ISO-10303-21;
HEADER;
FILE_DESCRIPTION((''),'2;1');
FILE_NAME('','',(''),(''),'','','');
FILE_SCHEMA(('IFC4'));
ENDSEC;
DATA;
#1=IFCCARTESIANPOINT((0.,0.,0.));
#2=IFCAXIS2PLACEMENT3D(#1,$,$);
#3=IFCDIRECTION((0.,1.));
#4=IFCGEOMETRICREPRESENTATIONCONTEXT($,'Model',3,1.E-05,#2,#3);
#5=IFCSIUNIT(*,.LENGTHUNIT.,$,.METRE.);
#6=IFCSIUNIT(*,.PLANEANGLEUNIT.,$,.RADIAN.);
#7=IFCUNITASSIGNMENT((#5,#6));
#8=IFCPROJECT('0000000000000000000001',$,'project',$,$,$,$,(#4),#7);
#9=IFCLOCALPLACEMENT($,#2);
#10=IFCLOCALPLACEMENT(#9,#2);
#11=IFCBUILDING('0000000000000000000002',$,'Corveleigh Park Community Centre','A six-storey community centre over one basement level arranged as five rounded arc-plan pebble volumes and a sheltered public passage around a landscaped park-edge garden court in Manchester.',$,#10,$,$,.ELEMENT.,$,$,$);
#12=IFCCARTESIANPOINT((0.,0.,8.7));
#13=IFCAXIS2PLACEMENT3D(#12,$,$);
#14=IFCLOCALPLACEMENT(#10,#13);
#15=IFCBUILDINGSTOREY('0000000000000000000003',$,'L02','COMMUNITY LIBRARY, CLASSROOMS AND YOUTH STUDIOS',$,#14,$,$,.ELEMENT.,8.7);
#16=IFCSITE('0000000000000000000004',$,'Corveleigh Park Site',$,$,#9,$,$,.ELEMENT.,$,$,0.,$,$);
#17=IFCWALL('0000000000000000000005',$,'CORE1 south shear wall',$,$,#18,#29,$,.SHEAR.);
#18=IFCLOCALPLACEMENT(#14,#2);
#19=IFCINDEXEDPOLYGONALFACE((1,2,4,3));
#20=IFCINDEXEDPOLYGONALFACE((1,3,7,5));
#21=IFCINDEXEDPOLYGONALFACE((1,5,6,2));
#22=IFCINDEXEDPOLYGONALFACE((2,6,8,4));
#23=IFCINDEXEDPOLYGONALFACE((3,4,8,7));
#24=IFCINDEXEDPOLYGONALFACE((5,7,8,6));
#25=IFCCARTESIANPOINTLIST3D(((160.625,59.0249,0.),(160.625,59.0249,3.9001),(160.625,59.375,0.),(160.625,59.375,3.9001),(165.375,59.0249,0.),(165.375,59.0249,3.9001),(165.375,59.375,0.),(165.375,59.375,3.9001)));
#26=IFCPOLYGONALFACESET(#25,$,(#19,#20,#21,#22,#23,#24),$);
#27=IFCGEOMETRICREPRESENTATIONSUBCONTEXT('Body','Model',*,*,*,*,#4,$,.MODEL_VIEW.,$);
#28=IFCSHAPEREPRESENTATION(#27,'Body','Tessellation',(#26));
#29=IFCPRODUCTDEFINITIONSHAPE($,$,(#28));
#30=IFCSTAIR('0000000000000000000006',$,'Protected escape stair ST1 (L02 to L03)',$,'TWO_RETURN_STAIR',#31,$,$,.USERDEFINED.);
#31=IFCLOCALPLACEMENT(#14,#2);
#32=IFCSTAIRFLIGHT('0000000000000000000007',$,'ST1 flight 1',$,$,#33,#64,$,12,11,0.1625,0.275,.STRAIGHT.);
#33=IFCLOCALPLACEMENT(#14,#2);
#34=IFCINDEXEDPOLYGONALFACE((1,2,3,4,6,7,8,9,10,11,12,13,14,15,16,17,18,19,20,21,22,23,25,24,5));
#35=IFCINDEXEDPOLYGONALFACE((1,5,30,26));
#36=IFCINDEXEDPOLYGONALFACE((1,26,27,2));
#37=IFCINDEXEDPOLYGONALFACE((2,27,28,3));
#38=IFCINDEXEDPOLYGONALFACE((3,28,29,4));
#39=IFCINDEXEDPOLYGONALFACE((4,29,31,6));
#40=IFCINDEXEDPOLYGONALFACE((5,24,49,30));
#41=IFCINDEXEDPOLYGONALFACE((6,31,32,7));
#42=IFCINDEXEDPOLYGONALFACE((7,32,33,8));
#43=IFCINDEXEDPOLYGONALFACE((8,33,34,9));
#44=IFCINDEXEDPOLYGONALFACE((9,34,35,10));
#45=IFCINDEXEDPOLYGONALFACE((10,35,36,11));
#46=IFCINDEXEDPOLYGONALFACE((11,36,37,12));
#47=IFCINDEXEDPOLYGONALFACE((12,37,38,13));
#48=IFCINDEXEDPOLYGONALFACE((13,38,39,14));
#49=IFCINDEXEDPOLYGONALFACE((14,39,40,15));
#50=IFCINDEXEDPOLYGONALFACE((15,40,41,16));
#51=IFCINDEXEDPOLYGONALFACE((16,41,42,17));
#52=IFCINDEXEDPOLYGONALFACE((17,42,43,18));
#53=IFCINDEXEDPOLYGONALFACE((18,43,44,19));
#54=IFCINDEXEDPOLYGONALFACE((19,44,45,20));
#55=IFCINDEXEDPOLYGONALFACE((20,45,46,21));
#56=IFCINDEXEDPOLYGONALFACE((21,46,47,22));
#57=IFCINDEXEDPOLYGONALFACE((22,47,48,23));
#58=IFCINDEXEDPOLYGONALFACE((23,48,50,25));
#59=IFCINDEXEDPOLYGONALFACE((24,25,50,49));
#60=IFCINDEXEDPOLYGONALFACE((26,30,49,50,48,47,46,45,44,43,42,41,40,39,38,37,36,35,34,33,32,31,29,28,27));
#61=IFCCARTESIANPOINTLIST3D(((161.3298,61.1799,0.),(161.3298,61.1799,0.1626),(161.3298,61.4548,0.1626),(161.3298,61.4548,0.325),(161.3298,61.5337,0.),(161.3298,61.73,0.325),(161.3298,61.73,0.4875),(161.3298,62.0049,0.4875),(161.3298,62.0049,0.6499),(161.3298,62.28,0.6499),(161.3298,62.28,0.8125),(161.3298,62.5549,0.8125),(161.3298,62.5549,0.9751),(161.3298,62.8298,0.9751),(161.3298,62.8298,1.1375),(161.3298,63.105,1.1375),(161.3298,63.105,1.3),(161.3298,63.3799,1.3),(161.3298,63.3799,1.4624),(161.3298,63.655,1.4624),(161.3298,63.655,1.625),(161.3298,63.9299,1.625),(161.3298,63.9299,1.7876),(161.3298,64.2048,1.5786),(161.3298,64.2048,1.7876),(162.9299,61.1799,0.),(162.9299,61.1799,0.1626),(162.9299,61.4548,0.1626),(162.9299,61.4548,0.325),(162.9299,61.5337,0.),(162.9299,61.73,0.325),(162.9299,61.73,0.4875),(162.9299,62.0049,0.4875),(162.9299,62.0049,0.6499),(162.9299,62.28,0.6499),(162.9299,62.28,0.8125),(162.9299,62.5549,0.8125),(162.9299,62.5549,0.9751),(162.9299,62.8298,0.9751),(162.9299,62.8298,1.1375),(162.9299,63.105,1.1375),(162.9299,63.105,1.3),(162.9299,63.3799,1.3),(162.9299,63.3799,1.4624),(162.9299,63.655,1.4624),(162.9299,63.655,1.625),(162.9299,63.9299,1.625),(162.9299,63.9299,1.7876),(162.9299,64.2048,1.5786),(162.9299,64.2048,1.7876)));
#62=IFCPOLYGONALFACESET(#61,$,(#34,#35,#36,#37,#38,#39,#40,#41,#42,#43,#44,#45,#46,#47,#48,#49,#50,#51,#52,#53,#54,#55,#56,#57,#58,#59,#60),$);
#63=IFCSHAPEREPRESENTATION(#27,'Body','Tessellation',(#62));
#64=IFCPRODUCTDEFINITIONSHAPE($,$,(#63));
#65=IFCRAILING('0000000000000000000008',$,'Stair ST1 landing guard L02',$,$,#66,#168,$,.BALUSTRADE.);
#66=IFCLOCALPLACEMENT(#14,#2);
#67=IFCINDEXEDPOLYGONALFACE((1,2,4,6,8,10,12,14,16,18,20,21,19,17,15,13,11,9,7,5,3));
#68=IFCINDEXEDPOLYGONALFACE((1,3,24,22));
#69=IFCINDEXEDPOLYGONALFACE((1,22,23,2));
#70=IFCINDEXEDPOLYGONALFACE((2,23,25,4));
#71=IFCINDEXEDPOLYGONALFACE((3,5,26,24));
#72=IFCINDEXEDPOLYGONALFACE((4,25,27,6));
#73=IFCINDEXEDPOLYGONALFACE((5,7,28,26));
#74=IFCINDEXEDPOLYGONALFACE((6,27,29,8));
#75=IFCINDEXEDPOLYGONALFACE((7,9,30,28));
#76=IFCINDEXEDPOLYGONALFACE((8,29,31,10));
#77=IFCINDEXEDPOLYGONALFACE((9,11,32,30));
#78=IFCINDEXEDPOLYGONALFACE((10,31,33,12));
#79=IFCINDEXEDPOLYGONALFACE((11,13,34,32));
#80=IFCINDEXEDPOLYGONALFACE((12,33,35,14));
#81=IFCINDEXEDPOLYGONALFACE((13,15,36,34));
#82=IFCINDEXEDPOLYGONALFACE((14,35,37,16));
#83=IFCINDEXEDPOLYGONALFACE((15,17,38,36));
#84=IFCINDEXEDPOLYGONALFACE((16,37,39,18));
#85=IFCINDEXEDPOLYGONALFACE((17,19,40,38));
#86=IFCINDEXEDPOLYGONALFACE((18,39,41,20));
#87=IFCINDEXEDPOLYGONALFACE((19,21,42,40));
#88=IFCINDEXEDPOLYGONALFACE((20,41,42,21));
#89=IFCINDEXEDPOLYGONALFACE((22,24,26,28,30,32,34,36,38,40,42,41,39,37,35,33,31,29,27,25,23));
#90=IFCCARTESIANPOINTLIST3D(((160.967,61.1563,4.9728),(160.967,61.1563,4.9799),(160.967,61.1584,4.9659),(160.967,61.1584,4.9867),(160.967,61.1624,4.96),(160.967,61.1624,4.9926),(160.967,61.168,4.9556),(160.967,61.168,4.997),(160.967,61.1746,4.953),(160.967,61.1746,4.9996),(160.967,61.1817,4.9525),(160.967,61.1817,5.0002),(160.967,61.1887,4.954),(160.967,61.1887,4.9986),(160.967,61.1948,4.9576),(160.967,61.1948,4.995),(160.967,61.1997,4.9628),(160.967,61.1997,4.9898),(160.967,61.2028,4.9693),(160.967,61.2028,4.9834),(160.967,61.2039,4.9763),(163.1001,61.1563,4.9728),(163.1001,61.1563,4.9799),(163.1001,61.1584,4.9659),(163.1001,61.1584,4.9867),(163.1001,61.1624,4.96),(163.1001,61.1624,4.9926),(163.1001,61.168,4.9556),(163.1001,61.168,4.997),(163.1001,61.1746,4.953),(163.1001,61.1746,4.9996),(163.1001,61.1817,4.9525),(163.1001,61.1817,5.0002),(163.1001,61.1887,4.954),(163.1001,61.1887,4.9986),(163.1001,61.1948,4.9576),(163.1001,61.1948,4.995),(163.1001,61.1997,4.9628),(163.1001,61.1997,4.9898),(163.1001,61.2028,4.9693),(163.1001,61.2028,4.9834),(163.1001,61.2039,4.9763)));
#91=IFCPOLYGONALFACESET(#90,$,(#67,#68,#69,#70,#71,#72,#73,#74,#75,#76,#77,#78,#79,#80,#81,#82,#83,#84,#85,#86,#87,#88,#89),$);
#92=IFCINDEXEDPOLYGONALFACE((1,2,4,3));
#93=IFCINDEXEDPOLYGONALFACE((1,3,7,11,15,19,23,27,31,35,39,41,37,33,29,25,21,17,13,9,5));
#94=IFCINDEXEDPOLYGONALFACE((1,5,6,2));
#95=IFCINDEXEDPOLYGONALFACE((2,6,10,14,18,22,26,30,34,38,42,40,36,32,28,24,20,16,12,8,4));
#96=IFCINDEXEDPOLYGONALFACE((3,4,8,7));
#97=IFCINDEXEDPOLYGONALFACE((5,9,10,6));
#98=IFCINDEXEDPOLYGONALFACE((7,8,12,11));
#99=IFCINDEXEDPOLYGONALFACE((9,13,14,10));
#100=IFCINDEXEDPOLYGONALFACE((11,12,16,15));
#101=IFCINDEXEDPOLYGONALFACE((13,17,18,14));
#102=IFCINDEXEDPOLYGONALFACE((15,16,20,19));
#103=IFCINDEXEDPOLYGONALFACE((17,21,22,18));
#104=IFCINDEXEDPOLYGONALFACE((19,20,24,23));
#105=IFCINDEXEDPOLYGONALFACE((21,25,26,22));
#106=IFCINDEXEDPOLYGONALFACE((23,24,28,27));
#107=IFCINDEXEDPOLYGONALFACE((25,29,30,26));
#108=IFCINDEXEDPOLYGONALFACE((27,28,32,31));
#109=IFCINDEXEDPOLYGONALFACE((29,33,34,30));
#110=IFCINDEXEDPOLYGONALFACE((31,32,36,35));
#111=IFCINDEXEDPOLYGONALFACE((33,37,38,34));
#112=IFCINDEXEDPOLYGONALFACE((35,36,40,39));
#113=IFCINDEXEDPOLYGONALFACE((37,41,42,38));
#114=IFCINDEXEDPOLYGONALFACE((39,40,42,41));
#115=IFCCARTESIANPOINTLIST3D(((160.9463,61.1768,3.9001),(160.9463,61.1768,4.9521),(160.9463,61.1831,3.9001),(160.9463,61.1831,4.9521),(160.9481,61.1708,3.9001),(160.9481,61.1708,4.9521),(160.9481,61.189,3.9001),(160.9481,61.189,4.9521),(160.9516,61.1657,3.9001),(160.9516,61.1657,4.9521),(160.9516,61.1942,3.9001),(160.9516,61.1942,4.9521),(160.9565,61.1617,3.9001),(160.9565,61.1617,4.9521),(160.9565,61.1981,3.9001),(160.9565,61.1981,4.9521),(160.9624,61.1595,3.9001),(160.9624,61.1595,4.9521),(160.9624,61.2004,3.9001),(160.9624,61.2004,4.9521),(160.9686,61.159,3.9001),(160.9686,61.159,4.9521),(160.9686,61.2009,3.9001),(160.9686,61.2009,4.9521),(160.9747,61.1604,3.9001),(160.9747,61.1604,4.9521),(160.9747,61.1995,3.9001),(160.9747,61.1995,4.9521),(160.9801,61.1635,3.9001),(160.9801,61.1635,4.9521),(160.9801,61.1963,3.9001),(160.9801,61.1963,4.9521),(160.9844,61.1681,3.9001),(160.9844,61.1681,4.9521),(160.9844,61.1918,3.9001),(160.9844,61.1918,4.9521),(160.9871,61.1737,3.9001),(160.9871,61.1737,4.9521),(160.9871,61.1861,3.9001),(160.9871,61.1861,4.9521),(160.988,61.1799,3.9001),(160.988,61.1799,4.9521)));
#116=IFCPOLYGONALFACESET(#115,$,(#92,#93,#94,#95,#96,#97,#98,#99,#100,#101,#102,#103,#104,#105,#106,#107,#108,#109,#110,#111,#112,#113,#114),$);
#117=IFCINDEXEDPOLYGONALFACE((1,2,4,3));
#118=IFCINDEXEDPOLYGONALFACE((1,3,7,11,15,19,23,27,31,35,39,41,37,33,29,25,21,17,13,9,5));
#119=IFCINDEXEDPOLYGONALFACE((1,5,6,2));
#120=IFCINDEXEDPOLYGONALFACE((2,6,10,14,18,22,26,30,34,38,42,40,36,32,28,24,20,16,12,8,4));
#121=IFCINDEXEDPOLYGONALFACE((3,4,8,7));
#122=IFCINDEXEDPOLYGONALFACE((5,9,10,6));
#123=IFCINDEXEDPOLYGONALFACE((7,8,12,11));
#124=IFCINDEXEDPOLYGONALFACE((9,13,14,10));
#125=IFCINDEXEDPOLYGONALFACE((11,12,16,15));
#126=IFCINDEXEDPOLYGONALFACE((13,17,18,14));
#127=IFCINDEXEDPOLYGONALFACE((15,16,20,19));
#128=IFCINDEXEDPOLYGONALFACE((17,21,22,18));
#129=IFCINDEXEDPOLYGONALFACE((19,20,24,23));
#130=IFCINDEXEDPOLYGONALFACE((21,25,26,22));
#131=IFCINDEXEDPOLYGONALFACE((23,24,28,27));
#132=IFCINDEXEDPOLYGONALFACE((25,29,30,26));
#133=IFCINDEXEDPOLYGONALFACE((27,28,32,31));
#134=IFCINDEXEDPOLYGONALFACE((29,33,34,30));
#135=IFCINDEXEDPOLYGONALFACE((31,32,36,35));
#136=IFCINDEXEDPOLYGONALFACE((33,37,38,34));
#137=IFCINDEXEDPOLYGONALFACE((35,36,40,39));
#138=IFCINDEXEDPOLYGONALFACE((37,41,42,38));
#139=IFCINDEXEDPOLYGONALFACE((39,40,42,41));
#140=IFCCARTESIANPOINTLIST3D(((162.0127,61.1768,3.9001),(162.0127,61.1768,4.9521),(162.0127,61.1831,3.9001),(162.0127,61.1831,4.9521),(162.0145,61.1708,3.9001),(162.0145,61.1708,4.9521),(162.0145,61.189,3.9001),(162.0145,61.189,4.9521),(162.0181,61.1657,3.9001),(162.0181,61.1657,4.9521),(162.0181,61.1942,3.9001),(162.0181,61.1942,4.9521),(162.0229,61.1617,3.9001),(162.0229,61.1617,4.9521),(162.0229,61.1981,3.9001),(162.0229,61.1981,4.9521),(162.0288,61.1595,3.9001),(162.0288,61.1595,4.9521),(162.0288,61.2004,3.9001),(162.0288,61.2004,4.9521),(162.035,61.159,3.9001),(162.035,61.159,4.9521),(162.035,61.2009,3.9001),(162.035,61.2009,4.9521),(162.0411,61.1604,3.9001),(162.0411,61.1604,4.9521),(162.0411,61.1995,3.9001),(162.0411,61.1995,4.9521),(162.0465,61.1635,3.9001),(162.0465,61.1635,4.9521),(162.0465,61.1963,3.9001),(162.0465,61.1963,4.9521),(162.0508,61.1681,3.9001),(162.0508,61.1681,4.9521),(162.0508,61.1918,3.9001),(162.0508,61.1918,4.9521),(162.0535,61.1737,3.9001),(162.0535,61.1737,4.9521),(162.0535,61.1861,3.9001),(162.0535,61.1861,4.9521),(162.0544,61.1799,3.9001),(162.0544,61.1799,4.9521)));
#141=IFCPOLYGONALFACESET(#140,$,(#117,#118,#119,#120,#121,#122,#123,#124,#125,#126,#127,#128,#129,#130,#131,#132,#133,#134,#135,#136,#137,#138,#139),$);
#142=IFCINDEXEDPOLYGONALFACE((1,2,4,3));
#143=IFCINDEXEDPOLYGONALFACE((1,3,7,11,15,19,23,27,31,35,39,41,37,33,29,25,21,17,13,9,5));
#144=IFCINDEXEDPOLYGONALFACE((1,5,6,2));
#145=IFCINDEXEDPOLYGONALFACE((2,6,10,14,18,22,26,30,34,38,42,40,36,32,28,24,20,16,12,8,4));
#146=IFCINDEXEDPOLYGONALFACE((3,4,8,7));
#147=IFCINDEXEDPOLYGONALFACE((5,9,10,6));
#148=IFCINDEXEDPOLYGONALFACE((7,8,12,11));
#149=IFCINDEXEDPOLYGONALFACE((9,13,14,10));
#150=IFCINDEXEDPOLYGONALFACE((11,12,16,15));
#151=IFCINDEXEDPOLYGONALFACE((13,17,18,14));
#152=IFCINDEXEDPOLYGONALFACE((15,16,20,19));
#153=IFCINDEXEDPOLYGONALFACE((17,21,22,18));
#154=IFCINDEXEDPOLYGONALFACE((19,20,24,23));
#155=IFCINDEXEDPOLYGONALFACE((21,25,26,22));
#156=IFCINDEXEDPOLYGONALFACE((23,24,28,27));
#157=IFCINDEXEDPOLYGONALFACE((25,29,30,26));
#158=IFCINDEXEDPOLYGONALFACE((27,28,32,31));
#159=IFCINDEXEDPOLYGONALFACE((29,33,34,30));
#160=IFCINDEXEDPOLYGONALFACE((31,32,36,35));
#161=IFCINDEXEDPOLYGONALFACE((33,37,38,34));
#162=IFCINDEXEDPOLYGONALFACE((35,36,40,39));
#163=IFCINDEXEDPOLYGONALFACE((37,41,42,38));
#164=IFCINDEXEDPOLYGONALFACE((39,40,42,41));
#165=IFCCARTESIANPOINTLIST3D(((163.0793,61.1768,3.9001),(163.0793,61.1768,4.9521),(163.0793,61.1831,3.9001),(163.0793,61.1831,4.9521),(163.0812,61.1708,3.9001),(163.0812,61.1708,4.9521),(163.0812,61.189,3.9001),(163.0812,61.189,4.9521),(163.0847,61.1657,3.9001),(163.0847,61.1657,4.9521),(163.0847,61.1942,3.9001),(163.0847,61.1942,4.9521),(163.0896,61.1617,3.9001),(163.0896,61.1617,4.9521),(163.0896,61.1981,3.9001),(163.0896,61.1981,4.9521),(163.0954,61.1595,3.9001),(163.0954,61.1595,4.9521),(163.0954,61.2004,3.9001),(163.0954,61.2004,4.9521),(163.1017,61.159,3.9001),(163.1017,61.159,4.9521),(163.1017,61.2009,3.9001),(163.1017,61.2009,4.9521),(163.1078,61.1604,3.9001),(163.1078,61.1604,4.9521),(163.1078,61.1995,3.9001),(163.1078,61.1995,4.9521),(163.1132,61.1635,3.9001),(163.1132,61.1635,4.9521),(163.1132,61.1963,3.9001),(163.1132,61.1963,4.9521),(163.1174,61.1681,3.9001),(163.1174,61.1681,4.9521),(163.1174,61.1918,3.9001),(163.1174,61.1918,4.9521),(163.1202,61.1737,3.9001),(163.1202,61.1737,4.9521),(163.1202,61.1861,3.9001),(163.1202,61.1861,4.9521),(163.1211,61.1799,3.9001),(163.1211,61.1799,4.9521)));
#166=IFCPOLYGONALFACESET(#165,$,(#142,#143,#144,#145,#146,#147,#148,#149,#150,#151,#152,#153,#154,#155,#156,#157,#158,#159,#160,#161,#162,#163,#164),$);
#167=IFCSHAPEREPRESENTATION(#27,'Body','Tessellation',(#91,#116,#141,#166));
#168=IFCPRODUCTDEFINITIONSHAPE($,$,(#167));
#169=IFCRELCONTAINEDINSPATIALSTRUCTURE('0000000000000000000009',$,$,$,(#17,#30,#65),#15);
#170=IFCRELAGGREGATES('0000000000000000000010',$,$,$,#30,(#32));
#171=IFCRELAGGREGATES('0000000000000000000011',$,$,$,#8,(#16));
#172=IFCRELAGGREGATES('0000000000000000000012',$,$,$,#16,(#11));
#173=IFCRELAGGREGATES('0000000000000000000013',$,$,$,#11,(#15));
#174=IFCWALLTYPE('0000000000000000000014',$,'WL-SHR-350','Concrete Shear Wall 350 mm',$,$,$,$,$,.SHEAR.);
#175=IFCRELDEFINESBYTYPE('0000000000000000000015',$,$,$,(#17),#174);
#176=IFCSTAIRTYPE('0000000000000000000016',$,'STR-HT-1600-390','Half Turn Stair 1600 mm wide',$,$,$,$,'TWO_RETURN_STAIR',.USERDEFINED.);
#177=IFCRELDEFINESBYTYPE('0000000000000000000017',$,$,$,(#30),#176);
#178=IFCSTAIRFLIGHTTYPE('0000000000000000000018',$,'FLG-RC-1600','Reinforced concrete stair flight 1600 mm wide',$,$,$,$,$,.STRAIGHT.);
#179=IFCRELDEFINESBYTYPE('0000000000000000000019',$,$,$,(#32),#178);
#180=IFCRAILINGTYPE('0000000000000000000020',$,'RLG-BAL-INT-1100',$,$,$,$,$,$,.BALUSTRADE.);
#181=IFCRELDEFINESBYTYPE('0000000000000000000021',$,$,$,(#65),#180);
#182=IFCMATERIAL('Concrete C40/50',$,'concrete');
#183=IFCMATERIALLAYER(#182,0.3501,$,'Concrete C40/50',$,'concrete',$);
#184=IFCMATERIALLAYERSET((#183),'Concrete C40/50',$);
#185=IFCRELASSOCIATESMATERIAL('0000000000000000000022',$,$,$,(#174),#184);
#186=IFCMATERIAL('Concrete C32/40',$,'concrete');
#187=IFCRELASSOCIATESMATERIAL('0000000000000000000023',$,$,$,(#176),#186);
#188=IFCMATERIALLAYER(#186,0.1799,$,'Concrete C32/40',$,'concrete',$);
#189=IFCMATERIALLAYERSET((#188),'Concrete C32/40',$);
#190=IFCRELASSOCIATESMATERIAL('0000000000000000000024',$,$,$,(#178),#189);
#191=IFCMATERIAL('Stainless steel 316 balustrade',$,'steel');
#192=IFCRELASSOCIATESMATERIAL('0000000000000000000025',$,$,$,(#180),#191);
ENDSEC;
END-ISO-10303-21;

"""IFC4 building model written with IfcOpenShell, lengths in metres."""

from ifc_helpers import new_model, si_unit, direction, frame, frame_2d, origin, origin_2d, place, context, subcontext, project, spatial, polyline, rectangle, circle, outline, extrude, material, layer, layer_set, type_object, element, aggregate, save


model = new_model("IFC4")

# Units and contexts
model_context = context("Model", 3, precision=1e-05, world=origin(), true_north=direction((0.0, 1.0)))
body_context = subcontext(model_context, "Body", "Model", "MODEL_VIEW")
ifc_project = project(units=[si_unit("LENGTHUNIT", "METRE"), si_unit("PLANEANGLEUNIT", "RADIAN")], contexts=[model_context])

# Site, building, storey
site_placement = place(None, origin())
site = spatial("IfcSite", under=ifc_project, at=site_placement, Name="Corveleigh Park Site", CompositionType="ELEMENT", RefElevation=0.0)
building_placement = place(site_placement, origin())
building = spatial("IfcBuilding", under=site, at=building_placement, Name="Corveleigh Park Community Centre", Description="A six-storey community centre over one basement level arranged as five rounded arc-plan pebble volumes and a sheltered public passage around a landscaped park-edge garden court in Manchester.", CompositionType="ELEMENT")
storey_placement = place(building_placement, frame((0.0, 0.0, 8.7)))
storey = spatial("IfcBuildingStorey", under=building, at=storey_placement, Name="L02", Description="COMMUNITY LIBRARY, CLASSROOMS AND YOUTH STUDIOS", CompositionType="ELEMENT", Elevation=8.7)

# Shared definitions
ifc_material_1 = material(Name="Concrete C40/50", Category="concrete")

# Wall
ifc_layer_1 = layer(ifc_material_1, 0.3501, Name="Concrete C40/50", Category="concrete")
ifc_layer_set_1 = layer_set([ifc_layer_1], Name="Concrete C40/50")
wall_type_1 = type_object("IfcWallType", Name="WL-SHR-350", Description="Concrete Shear Wall 350 mm", PredefinedType="SHEAR", material=ifc_layer_set_1)
wall_1_placement = place(storey_placement, frame((160.625, 59.2, 0.0), z_axis=(0.0, 0.0, 1.0), x_axis=(1.0, 0.0, 0.0)))
element("IfcWall", 1, at=wall_1_placement, inside=storey, type_object=wall_type_1, Name="CORE1 south shear wall", PredefinedType="SHEAR", context=body_context, shape_type="SweptSolid", body=[
    extrude(rectangle(XDim=4.75, YDim=0.3501, at=frame_2d((2.375, 0.0))), origin(), (0.0, 0.0, 1.0), 3.9001),
])

# Stair, stair flight
ifc_material_2 = material(Name="Concrete C32/40", Category="concrete")
stair_type = type_object("IfcStairType", Name="STR-HT-1600-390", Description="Half Turn Stair 1600 mm wide", ElementType="TWO_RETURN_STAIR", PredefinedType="USERDEFINED", material=ifc_material_2)
stair_placement = place(storey_placement, origin())
stair = element("IfcStair", 2, at=stair_placement, inside=storey, type_object=stair_type, Name="Protected escape stair ST1 (L02 to L03)", ObjectType="TWO_RETURN_STAIR", PredefinedType="USERDEFINED")
ifc_layer_2 = layer(ifc_material_2, 0.1799, Name="Concrete C32/40", Category="concrete")
ifc_layer_set_2 = layer_set([ifc_layer_2], Name="Concrete C32/40")
stair_flight_type = type_object("IfcStairFlightType", Name="FLG-RC-1600", Description="Reinforced concrete stair flight 1600 mm wide", PredefinedType="STRAIGHT", material=ifc_layer_set_2)
stair_flight_placement = place(storey_placement, frame((162.1299, 61.1799, 0.0), z_axis=(0.0, 0.0, 1.0), x_axis=(0.0, 1.0, 0.0)))
stair_flight = element("IfcStairFlight", 3, at=stair_flight_placement, type_object=stair_flight_type, Name="ST1 flight 1", NumberOfRisers=12, NumberOfTreads=11, PredefinedType="STRAIGHT", RiserHeight=0.1625, TreadLength=0.275, context=body_context, shape_type="SweptSolid", body=[
    extrude(outline(polyline([(0.0, 0.0), (0.0, 0.1626), (0.2749, 0.1626), (0.2749, 0.325), (0.55, 0.325), (0.55, 0.4875), (0.825, 0.4875), (0.825, 0.6499), (1.1001, 0.6499), (1.1001, 0.8125), (1.375, 0.8125), (1.375, 0.9751), (1.6499, 0.9751), (1.6499, 1.1375), (1.925, 1.1375), (1.925, 1.3), (2.2, 1.3), (2.2, 1.4624), (2.4751, 1.4624), (2.4751, 1.625), (2.75, 1.625), (2.75, 1.7876), (3.0249, 1.7876), (3.0249, 1.95), (3.0249, 1.5786), (0.3538, 0.0), (0.0, 0.0)])), frame((0.0, 0.8, 0.0), z_axis=(0.0, -1.0, 0.0), x_axis=(1.0, 0.0, 0.0)), (0.0, 0.0, 1.0), 1.6001),
])
aggregate(stair, [stair_flight])

# Railing
ifc_material_3 = material(Name="Stainless steel 316 balustrade", Category="steel")
railing_type = type_object("IfcRailingType", Name="RLG-BAL-INT-1100", PredefinedType="BALUSTRADE", material=ifc_material_3)
railing_1_placement = place(storey_placement, frame((160.967, 61.1799, 3.9001)))
element("IfcRailing", 4, at=railing_1_placement, inside=storey, type_object=railing_type, Name="Stair ST1 landing guard L02", PredefinedType="BALUSTRADE", context=body_context, shape_type="SweptSolid", body=[
    extrude(circle(Radius=0.0239, at=origin_2d()), frame((0.0, 0.0, 1.0762), z_axis=(1.0, 0.0, 0.0), x_axis=(0.0, 1.0, 0.0)), (0.0, 0.0, 1.0), 2.1331),
    extrude(circle(Radius=0.021, at=origin_2d()), origin(), (0.0, 0.0, 1.0), 1.052),
    extrude(circle(Radius=0.021, at=origin_2d()), frame((1.0664, 0.0, 0.0)), (0.0, 0.0, 1.0), 1.052),
    extrude(circle(Radius=0.021, at=origin_2d()), frame((2.1331, 0.0, 0.0)), (0.0, 0.0, 1.0), 1.052),
])

save(model, "model.ifc")
